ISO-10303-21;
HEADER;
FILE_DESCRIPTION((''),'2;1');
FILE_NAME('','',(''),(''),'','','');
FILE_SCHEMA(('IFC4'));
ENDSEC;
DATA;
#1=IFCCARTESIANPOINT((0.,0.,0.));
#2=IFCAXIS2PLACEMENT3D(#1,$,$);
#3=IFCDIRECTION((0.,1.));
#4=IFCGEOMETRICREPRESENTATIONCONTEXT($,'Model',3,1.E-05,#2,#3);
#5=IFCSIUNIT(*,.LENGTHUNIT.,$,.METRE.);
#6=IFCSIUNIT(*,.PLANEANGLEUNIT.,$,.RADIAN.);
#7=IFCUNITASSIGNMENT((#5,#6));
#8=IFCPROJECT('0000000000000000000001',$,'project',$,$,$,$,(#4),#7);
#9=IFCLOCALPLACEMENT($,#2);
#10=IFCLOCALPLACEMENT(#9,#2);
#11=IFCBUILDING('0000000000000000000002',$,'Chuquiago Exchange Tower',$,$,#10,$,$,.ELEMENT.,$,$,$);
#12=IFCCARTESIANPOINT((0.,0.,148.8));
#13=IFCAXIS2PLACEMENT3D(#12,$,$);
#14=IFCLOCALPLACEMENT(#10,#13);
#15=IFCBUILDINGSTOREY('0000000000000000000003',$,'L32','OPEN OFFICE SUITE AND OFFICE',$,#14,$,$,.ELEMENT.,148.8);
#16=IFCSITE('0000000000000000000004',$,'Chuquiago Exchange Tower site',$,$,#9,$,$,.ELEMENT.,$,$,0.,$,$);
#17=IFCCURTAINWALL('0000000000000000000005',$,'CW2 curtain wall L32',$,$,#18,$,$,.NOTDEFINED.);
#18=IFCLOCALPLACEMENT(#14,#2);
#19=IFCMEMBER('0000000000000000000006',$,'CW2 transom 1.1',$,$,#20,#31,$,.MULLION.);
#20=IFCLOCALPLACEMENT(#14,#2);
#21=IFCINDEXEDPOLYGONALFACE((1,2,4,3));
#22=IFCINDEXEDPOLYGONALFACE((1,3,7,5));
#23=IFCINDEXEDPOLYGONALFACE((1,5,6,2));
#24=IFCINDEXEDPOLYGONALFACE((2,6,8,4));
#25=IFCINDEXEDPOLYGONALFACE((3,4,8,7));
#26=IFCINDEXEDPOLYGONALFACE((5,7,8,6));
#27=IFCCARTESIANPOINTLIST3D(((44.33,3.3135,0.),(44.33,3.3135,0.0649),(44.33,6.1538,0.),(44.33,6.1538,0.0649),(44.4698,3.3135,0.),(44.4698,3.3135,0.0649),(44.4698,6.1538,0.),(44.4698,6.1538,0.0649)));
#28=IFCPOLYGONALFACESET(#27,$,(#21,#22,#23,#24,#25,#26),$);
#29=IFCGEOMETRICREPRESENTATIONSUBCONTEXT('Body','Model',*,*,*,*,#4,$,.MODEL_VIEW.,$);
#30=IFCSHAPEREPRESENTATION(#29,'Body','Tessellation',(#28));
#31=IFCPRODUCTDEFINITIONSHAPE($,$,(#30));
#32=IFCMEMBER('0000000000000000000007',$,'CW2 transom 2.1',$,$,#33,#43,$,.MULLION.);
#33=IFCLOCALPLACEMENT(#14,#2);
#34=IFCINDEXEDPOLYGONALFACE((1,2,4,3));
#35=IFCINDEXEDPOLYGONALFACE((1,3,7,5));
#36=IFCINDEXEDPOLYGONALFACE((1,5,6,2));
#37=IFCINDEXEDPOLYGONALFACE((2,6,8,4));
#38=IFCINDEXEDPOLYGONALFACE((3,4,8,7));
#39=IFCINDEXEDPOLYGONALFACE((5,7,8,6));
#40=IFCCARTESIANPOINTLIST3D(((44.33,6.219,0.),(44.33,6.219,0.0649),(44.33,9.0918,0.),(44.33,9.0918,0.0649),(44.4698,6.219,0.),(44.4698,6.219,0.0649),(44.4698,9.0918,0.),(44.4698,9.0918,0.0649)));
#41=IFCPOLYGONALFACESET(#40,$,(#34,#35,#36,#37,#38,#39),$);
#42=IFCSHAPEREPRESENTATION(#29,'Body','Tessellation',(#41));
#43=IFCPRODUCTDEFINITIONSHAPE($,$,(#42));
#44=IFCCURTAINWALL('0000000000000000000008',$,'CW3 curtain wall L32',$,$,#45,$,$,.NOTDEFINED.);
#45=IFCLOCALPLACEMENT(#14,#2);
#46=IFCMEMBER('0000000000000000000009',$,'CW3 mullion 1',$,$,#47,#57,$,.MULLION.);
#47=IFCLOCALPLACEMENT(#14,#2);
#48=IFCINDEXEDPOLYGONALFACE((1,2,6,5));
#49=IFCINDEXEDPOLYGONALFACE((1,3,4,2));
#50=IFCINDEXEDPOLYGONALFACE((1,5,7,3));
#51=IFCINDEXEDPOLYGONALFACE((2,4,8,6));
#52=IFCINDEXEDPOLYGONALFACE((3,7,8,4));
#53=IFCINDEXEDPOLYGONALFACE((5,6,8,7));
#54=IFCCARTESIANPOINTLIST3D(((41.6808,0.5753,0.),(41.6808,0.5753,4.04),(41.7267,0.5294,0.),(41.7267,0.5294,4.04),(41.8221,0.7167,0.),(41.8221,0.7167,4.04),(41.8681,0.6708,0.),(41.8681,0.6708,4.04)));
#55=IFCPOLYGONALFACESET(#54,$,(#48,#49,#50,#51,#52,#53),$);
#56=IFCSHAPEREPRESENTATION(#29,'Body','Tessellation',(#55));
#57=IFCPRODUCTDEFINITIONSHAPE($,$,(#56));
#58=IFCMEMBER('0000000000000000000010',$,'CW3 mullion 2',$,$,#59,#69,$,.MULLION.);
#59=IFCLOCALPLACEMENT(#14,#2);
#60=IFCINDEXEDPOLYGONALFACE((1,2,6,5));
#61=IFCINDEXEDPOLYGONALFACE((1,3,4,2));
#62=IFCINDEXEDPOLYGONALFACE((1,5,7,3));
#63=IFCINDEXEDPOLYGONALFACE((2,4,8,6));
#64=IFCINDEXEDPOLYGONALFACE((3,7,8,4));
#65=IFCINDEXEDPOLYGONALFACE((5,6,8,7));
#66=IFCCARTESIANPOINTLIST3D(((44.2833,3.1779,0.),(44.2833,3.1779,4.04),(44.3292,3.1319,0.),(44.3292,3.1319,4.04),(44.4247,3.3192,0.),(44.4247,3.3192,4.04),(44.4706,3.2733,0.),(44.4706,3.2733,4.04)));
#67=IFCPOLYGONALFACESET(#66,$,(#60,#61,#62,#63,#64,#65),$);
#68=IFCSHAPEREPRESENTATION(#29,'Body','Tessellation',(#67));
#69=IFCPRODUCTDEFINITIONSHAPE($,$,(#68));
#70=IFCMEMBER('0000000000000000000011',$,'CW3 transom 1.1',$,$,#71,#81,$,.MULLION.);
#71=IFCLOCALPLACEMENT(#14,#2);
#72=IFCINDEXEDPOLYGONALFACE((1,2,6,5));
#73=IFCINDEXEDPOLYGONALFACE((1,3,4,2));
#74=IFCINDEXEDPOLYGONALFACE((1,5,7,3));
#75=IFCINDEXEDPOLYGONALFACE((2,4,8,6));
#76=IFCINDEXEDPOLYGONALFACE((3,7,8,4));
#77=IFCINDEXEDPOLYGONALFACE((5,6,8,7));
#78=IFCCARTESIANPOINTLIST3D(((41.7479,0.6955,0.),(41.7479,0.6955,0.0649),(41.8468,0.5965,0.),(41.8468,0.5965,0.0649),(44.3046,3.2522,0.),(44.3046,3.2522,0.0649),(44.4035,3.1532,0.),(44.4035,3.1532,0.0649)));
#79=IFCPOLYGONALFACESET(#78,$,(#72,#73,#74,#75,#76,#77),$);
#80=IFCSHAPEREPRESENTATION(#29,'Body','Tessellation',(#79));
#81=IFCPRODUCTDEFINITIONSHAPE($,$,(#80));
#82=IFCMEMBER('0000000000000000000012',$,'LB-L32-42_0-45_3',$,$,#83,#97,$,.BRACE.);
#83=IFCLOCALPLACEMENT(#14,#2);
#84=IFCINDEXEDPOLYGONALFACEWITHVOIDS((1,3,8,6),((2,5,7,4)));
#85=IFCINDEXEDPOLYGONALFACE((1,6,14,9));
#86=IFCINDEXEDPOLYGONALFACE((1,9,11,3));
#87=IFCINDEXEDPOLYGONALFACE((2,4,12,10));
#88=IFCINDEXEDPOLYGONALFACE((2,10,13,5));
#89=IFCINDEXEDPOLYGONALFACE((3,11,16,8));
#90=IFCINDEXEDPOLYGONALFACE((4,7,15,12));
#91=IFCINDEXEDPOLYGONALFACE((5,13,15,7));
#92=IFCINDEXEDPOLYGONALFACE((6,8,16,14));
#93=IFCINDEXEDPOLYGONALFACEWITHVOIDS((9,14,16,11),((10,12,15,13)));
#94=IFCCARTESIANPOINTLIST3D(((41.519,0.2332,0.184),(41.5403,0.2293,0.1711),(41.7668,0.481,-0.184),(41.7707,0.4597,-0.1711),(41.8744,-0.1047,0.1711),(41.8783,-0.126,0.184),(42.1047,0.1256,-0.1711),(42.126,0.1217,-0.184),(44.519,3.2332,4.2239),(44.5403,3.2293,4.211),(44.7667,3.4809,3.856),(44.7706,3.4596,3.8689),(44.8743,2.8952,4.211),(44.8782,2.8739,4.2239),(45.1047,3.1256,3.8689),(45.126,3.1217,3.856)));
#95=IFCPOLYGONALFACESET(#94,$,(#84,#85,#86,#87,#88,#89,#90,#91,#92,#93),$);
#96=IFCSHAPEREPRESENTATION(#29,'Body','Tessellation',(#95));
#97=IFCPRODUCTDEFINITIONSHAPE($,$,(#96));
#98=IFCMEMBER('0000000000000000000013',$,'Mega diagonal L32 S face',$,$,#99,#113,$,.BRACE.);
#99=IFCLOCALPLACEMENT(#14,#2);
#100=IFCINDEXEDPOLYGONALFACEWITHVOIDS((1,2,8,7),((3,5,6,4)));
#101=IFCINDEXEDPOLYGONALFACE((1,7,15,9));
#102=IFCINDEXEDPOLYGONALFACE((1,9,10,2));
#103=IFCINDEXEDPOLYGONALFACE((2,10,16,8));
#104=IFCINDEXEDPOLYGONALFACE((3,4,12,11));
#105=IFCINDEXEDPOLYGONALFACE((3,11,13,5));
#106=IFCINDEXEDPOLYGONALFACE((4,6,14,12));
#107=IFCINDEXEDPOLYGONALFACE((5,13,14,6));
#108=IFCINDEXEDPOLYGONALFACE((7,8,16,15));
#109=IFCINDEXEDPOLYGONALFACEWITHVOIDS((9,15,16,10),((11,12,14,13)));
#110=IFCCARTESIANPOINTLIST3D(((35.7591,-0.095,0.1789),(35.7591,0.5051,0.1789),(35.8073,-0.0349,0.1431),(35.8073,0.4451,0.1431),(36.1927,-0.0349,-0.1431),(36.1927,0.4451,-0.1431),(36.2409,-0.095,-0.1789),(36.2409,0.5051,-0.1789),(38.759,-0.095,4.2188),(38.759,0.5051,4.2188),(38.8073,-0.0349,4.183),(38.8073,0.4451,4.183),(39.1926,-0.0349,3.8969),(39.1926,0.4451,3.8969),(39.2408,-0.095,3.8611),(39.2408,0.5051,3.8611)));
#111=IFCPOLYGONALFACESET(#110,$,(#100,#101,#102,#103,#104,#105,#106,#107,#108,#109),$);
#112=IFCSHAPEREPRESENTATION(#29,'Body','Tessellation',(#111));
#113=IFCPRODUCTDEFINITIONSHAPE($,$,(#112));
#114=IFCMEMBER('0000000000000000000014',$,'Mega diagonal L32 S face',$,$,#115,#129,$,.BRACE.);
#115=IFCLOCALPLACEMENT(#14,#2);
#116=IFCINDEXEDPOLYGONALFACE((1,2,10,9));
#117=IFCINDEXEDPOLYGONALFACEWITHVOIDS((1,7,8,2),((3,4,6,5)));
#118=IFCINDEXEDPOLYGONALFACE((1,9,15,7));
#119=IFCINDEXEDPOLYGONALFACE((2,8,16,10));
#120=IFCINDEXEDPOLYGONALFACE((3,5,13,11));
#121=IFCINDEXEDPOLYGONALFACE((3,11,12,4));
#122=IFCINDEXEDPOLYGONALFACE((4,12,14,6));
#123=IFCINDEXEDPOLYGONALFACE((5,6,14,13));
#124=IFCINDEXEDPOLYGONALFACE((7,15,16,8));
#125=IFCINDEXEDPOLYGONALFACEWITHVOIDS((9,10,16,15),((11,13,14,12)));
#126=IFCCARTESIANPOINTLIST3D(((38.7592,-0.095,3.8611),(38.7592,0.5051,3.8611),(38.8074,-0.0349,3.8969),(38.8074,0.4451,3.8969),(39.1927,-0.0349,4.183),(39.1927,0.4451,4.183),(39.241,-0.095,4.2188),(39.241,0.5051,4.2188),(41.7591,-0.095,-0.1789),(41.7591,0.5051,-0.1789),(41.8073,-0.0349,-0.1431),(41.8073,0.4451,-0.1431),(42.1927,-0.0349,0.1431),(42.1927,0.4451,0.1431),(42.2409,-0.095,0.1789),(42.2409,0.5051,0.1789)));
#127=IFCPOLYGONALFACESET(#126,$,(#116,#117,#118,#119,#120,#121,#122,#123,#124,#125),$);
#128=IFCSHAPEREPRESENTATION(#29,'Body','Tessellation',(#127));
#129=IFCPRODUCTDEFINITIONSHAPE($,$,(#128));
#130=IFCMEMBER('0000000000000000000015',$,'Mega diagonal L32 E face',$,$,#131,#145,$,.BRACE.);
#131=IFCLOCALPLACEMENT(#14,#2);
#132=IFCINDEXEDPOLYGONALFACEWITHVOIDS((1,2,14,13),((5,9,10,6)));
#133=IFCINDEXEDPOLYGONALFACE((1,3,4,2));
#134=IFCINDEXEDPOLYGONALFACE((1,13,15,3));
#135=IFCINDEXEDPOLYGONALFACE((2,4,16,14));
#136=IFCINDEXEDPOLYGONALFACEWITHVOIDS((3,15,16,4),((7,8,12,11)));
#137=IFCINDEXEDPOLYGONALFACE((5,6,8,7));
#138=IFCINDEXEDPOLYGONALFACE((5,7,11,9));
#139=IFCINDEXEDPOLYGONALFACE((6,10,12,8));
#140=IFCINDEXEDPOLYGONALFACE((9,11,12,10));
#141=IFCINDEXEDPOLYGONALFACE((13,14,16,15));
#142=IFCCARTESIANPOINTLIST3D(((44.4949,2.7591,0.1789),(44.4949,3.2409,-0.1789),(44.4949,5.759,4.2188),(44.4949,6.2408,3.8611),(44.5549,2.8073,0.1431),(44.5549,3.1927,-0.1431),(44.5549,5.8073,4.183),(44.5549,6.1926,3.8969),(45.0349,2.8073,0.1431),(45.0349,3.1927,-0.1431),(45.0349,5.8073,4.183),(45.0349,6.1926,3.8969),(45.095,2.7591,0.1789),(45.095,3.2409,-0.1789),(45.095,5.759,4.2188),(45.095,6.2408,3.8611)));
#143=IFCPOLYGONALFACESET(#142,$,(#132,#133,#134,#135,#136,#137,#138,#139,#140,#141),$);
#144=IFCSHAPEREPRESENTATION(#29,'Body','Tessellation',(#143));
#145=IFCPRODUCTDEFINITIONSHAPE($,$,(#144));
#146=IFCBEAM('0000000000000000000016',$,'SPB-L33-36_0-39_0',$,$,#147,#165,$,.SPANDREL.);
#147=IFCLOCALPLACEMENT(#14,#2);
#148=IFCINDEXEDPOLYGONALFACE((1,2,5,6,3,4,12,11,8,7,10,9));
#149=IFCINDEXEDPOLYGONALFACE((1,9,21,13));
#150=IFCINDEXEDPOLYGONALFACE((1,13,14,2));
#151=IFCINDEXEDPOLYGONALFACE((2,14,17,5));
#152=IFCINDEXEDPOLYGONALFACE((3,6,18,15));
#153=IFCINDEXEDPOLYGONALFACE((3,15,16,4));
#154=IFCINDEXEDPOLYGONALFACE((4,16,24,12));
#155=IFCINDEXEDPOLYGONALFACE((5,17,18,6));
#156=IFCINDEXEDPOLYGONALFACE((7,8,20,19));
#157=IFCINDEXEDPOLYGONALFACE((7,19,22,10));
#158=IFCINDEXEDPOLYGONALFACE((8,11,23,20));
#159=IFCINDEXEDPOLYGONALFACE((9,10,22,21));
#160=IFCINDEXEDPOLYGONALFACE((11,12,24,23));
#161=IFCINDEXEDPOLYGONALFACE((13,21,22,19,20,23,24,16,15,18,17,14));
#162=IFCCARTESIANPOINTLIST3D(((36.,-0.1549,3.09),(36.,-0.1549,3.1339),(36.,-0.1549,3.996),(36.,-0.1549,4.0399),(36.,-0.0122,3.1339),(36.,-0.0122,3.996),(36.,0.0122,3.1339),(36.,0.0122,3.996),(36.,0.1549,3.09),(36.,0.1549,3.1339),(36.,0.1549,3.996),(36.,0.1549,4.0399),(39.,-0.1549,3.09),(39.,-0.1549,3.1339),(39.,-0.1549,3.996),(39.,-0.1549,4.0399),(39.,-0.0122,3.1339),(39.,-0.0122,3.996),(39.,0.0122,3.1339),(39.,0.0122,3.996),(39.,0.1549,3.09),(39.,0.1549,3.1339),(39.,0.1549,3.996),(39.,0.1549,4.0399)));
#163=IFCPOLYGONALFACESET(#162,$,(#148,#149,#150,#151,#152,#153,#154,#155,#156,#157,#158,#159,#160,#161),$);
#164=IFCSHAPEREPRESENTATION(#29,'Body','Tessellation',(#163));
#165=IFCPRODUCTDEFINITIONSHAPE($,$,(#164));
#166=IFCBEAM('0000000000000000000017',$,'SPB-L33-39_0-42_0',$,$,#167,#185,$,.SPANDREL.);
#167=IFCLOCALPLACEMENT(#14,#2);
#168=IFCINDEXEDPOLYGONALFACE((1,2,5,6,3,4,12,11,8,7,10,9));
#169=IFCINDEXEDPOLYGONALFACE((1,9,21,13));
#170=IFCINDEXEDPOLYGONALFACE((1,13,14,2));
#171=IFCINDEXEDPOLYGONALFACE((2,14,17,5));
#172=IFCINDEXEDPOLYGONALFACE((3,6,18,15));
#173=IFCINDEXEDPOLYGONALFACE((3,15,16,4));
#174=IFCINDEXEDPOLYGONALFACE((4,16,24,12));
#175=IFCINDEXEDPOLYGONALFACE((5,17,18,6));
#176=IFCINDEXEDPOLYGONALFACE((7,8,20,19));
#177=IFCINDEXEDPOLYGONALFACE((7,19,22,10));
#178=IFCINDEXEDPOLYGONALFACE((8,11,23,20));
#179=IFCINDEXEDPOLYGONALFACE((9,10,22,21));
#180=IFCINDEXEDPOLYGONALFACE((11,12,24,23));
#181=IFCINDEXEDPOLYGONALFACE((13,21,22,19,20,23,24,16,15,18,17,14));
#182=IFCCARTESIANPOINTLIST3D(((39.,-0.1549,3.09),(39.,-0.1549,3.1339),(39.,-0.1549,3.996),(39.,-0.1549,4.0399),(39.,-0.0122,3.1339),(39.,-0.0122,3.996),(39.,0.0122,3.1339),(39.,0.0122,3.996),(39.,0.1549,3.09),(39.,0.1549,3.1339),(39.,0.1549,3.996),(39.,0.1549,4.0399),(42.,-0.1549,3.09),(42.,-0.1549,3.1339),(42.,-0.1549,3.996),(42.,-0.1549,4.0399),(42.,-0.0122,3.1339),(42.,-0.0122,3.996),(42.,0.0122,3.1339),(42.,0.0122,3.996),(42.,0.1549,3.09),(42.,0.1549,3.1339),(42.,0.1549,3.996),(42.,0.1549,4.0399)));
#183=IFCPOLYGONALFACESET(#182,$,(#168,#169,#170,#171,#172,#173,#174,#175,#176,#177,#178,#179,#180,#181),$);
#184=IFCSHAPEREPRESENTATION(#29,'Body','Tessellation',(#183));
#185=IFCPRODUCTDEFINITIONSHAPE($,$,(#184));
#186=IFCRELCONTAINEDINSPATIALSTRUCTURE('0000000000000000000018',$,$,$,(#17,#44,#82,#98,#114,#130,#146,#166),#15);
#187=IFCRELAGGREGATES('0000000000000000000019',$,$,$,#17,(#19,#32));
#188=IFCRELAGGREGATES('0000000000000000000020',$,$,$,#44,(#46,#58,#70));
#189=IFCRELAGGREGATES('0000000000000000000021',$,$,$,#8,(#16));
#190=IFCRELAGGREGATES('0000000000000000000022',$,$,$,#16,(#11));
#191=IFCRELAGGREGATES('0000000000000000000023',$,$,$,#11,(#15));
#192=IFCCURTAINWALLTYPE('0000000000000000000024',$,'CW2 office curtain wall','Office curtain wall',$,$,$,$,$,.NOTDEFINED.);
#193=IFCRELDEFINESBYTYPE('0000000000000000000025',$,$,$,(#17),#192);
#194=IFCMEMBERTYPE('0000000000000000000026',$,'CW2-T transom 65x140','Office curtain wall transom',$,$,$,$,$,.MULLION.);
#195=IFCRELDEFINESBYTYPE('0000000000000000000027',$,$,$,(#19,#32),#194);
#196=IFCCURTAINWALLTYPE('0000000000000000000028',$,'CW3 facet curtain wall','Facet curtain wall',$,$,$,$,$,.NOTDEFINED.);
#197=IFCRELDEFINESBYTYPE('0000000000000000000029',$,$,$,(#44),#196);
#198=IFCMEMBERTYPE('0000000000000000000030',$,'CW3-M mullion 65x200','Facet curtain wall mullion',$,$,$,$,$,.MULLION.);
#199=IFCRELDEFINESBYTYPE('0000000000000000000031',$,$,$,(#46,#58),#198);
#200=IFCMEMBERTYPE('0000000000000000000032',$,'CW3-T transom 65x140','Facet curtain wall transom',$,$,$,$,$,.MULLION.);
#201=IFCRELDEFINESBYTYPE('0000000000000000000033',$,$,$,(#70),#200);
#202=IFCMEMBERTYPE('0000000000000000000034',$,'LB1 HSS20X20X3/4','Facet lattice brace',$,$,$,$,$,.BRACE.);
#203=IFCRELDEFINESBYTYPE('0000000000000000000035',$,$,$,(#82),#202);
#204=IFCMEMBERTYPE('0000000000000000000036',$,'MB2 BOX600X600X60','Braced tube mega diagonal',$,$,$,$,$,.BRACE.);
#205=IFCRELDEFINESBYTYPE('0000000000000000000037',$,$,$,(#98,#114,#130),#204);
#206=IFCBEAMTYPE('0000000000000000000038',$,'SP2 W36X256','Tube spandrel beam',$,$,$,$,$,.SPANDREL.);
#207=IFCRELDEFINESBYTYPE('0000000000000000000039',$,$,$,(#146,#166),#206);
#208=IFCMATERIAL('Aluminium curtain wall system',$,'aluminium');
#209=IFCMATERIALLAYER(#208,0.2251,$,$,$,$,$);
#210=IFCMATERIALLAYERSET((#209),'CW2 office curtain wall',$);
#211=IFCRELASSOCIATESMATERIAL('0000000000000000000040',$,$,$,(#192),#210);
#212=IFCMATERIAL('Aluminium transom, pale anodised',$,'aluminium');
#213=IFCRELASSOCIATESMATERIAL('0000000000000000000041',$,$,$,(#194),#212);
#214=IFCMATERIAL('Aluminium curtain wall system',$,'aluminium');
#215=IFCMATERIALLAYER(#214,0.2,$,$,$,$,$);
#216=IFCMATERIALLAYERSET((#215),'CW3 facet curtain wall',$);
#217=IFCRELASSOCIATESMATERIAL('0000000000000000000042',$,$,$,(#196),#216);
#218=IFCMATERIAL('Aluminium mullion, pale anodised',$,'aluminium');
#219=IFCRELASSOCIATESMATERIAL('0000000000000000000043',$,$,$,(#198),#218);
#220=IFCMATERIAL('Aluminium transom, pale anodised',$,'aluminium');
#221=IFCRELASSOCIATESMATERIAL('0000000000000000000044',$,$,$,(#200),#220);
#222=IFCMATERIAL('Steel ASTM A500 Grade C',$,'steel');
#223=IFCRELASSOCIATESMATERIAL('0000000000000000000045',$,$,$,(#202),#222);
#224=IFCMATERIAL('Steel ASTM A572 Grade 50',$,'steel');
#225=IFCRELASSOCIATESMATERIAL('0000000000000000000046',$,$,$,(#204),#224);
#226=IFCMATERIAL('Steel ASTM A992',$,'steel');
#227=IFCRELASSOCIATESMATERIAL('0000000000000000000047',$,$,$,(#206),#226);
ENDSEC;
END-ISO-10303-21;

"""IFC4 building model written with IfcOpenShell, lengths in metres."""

from ifc_helpers import new_model, si_unit, direction, frame, origin, origin_2d, place, context, subcontext, project, spatial, rectangle, hollow_rectangle, i_section, extrude, material, layer, layer_set, material_profile, profile_set, type_object, element, aggregate, save


model = new_model("IFC4")

# Units and contexts
model_context = context("Model", 3, precision=1e-05, world=origin(), true_north=direction((0.0, 1.0)))
body_context = subcontext(model_context, "Body", "Model", "MODEL_VIEW")
ifc_project = project(units=[si_unit("LENGTHUNIT", "METRE"), si_unit("PLANEANGLEUNIT", "RADIAN")], contexts=[model_context])

# Site, building, storey
site_placement = place(None, origin())
site = spatial("IfcSite", under=ifc_project, at=site_placement, Name="Chuquiago Exchange Tower site", CompositionType="ELEMENT", RefElevation=0.0)
building_placement = place(site_placement, origin())
building = spatial("IfcBuilding", under=site, at=building_placement, Name="Chuquiago Exchange Tower", CompositionType="ELEMENT")
storey_placement = place(building_placement, frame((0.0, 0.0, 148.8)))
storey = spatial("IfcBuildingStorey", under=building, at=storey_placement, Name="L32", Description="OPEN OFFICE SUITE AND OFFICE", CompositionType="ELEMENT", Elevation=148.8)

# Curtain wall
ifc_material_1 = material(Name="Aluminium curtain wall system", Category="aluminium")
ifc_layer_1 = layer(ifc_material_1, 0.2251)
ifc_layer_set_1 = layer_set([ifc_layer_1], Name="CW2 office curtain wall")
curtain_wall_type_1 = type_object("IfcCurtainWallType", Name="CW2 office curtain wall", Description="Office curtain wall", PredefinedType="NOTDEFINED", material=ifc_layer_set_1)
curtain_wall_1_placement = place(storey_placement, origin())
curtain_wall_1 = element("IfcCurtainWall", 1, at=curtain_wall_1_placement, inside=storey, type_object=curtain_wall_type_1, Name="CW2 curtain wall L32", PredefinedType="NOTDEFINED")

# Members
ifc_material_2 = material(Name="Aluminium transom, pale anodised", Category="aluminium")
ifc_material_profile_1 = material_profile(ifc_material_2, rectangle(XDim=0.1399, YDim=0.0649, at=origin_2d()), Name="AL 140x65")
ifc_profile_set_1 = profile_set([ifc_material_profile_1], Name="Aluminium transom, pale anodised")
member_type_1 = type_object("IfcMemberType", Name="CW2-T transom 65x140", Description="Office curtain wall transom", PredefinedType="MULLION", material=ifc_profile_set_1)
member_1_placement = place(storey_placement, frame((44.3999, 3.3135, 0.0325), z_axis=(0.0, 1.0, 0.0), x_axis=(-1.0, 0.0, 0.0)))
member_1 = element("IfcMember", 2, at=member_1_placement, type_object=member_type_1, Name="CW2 transom 1.1", PredefinedType="MULLION", context=body_context, shape_type="SweptSolid", body=[
    extrude(rectangle(XDim=0.1399, YDim=0.0649, at=origin_2d()), origin(), (0.0, 0.0, 1.0), 2.8403),
])
member_2_placement = place(storey_placement, frame((44.3999, 6.219, 0.0325), z_axis=(0.0, 1.0, 0.0), x_axis=(-1.0, 0.0, 0.0)))
member_2 = element("IfcMember", 3, at=member_2_placement, type_object=member_type_1, Name="CW2 transom 2.1", PredefinedType="MULLION", context=body_context, shape_type="SweptSolid", body=[
    extrude(rectangle(XDim=0.1399, YDim=0.0649, at=origin_2d()), origin(), (0.0, 0.0, 1.0), 2.8728),
])

# Curtain wall, members
ifc_material_3 = material(Name="Aluminium curtain wall system", Category="aluminium")
ifc_layer_2 = layer(ifc_material_3, 0.2)
ifc_layer_set_2 = layer_set([ifc_layer_2], Name="CW3 facet curtain wall")
curtain_wall_type_2 = type_object("IfcCurtainWallType", Name="CW3 facet curtain wall", Description="Facet curtain wall", PredefinedType="NOTDEFINED", material=ifc_layer_set_2)
curtain_wall_2_placement = place(storey_placement, origin())
curtain_wall_2 = element("IfcCurtainWall", 4, at=curtain_wall_2_placement, inside=storey, type_object=curtain_wall_type_2, Name="CW3 curtain wall L32", PredefinedType="NOTDEFINED")
ifc_material_4 = material(Name="Aluminium mullion, pale anodised", Category="aluminium")
ifc_material_profile_2 = material_profile(ifc_material_4, rectangle(XDim=0.0649, YDim=0.2, at=origin_2d()), Name="AL 65x200")
ifc_profile_set_2 = profile_set([ifc_material_profile_2], Name="Aluminium mullion, pale anodised")
member_type_2 = type_object("IfcMemberType", Name="CW3-M mullion 65x200", Description="Facet curtain wall mullion", PredefinedType="MULLION", material=ifc_profile_set_2)
member_3_placement = place(storey_placement, frame((41.7744, 0.623, 0.0), z_axis=(0.0, 0.0, 1.0), x_axis=(-0.707107, 0.707107, 0.0)))
member_3 = element("IfcMember", 5, at=member_3_placement, type_object=member_type_2, Name="CW3 mullion 1", PredefinedType="MULLION", context=body_context, shape_type="SweptSolid", body=[
    extrude(rectangle(XDim=0.0649, YDim=0.2, at=origin_2d()), origin(), (0.0, 0.0, 1.0), 4.04),
])
member_4_placement = place(storey_placement, frame((44.377, 3.2256, 0.0), z_axis=(0.0, 0.0, 1.0), x_axis=(-0.707107, 0.707107, 0.0)))
member_4 = element("IfcMember", 6, at=member_4_placement, type_object=member_type_2, Name="CW3 mullion 2", PredefinedType="MULLION", context=body_context, shape_type="SweptSolid", body=[
    extrude(rectangle(XDim=0.0649, YDim=0.2, at=origin_2d()), origin(), (0.0, 0.0, 1.0), 4.04),
])
ifc_material_5 = material(Name="Aluminium transom, pale anodised", Category="aluminium")
ifc_material_profile_3 = material_profile(ifc_material_5, rectangle(XDim=0.1399, YDim=0.0649, at=origin_2d()), Name="AL 140x65")
ifc_profile_set_3 = profile_set([ifc_material_profile_3], Name="Aluminium transom, pale anodised")
member_type_3 = type_object("IfcMemberType", Name="CW3-T transom 65x140", Description="Facet curtain wall transom", PredefinedType="MULLION", material=ifc_profile_set_3)
member_5_placement = place(storey_placement, frame((41.7974, 0.646, 0.0325), z_axis=(0.707107, 0.707107, 0.0), x_axis=(-0.707107, 0.707107, 0.0)))
member_5 = element("IfcMember", 7, at=member_5_placement, type_object=member_type_3, Name="CW3 transom 1.1", PredefinedType="MULLION", context=body_context, shape_type="SweptSolid", body=[
    extrude(rectangle(XDim=0.1399, YDim=0.0649, at=origin_2d()), origin(), (0.0, 0.0, 1.0), 3.6157),
])

# Members
ifc_material_6 = material(Name="Steel ASTM A500 Grade C", Category="steel")
ifc_material_profile_4 = material_profile(ifc_material_6, hollow_rectangle(XDim=0.5081, YDim=0.5081, WallThickness=0.0178, at=origin_2d()), Name="HSS20X20X3/4")
ifc_profile_set_4 = profile_set([ifc_material_profile_4], Name="Steel ASTM A500 Grade C")
member_type_4 = type_object("IfcMemberType", Name="LB1 HSS20X20X3/4", Description="Facet lattice brace", PredefinedType="BRACE", material=ifc_profile_set_4)
member_6_placement = place(storey_placement, frame((41.8225, 0.1775, 0.0), z_axis=(0.512077, 0.512077, 0.689604), x_axis=(-0.707107, 0.707107, 0.0)))
element("IfcMember", 8, at=member_6_placement, inside=storey, type_object=member_type_4, Name="LB-L32-42_0-45_3", PredefinedType="BRACE", context=body_context, shape_type="SweptSolid", body=[
    extrude(hollow_rectangle(XDim=0.5081, YDim=0.5081, WallThickness=0.0178, at=origin_2d()), origin(), (0.0, 0.0, 1.0), 5.8584),
])
ifc_material_7 = material(Name="Steel ASTM A572 Grade 50", Category="steel")
ifc_material_profile_5 = material_profile(ifc_material_7, hollow_rectangle(XDim=0.6001, YDim=0.6001, WallThickness=0.0601, at=origin_2d()), Name="BOX600X600X60")
ifc_profile_set_5 = profile_set([ifc_material_profile_5], Name="Steel ASTM A572 Grade 50")
member_type_5 = type_object("IfcMemberType", Name="MB2 BOX600X600X60", Description="Braced tube mega diagonal", PredefinedType="BRACE", material=ifc_profile_set_5)
for number, where, z_axis, x_axis, name in (
    (9, (36.0, 0.2051, 0.0), (0.596174, 0.0, 0.802855), (0.0, 1.0, 0.0), "Mega diagonal L32 S face"),
    (10, (42.0, 0.2051, 0.0), (-0.596174, 0.0, 0.802855), (0.0, -1.0, 0.0), "Mega diagonal L32 S face"),
    (11, (44.7949, 3.0, 0.0), (0.0, 0.596174, 0.802855), (-1.0, 0.0, 0.0), "Mega diagonal L32 E face"),
):
    element("IfcMember", number, at=place(storey_placement, frame(where, z_axis=z_axis, x_axis=x_axis)), inside=storey, type_object=member_type_5, Name=name, PredefinedType="BRACE", context=body_context, shape_type="SweptSolid", body=[
        extrude(hollow_rectangle(XDim=0.6001, YDim=0.6001, WallThickness=0.0601, at=origin_2d()), origin(), (0.0, 0.0, 1.0), 5.032),
    ])

# Beams
ifc_material_8 = material(Name="Steel ASTM A992", Category="steel")
ifc_material_profile_6 = material_profile(ifc_material_8, i_section(OverallWidth=0.3098, OverallDepth=0.95, WebThickness=0.0244, FlangeThickness=0.0439, at=origin_2d()), Name="W36X256")
ifc_profile_set_6 = profile_set([ifc_material_profile_6], Name="Steel ASTM A992")
beam_type = type_object("IfcBeamType", Name="SP2 W36X256", Description="Tube spandrel beam", PredefinedType="SPANDREL", material=ifc_profile_set_6)
for number, where, z_axis, x_axis, name in (
    (12, (36.0, 0.0, 3.5649), (1.0, 0.0, 0.0), (0.0, 1.0, 0.0), "SPB-L33-36_0-39_0"),
    (13, (39.0, 0.0, 3.5649), (1.0, 0.0, 0.0), (0.0, 1.0, 0.0), "SPB-L33-39_0-42_0"),
):
    element("IfcBeam", number, at=place(storey_placement, frame(where, z_axis=z_axis, x_axis=x_axis)), inside=storey, type_object=beam_type, Name=name, PredefinedType="SPANDREL", context=body_context, shape_type="SweptSolid", body=[
        extrude(i_section(OverallWidth=0.3098, OverallDepth=0.95, WebThickness=0.0244, FlangeThickness=0.0439, at=origin_2d()), origin(), (0.0, 0.0, 1.0), 3.0),
    ])

aggregate(curtain_wall_1, [member_1, member_2])
aggregate(curtain_wall_2, [member_3, member_4, member_5])

save(model, "model.ifc")
